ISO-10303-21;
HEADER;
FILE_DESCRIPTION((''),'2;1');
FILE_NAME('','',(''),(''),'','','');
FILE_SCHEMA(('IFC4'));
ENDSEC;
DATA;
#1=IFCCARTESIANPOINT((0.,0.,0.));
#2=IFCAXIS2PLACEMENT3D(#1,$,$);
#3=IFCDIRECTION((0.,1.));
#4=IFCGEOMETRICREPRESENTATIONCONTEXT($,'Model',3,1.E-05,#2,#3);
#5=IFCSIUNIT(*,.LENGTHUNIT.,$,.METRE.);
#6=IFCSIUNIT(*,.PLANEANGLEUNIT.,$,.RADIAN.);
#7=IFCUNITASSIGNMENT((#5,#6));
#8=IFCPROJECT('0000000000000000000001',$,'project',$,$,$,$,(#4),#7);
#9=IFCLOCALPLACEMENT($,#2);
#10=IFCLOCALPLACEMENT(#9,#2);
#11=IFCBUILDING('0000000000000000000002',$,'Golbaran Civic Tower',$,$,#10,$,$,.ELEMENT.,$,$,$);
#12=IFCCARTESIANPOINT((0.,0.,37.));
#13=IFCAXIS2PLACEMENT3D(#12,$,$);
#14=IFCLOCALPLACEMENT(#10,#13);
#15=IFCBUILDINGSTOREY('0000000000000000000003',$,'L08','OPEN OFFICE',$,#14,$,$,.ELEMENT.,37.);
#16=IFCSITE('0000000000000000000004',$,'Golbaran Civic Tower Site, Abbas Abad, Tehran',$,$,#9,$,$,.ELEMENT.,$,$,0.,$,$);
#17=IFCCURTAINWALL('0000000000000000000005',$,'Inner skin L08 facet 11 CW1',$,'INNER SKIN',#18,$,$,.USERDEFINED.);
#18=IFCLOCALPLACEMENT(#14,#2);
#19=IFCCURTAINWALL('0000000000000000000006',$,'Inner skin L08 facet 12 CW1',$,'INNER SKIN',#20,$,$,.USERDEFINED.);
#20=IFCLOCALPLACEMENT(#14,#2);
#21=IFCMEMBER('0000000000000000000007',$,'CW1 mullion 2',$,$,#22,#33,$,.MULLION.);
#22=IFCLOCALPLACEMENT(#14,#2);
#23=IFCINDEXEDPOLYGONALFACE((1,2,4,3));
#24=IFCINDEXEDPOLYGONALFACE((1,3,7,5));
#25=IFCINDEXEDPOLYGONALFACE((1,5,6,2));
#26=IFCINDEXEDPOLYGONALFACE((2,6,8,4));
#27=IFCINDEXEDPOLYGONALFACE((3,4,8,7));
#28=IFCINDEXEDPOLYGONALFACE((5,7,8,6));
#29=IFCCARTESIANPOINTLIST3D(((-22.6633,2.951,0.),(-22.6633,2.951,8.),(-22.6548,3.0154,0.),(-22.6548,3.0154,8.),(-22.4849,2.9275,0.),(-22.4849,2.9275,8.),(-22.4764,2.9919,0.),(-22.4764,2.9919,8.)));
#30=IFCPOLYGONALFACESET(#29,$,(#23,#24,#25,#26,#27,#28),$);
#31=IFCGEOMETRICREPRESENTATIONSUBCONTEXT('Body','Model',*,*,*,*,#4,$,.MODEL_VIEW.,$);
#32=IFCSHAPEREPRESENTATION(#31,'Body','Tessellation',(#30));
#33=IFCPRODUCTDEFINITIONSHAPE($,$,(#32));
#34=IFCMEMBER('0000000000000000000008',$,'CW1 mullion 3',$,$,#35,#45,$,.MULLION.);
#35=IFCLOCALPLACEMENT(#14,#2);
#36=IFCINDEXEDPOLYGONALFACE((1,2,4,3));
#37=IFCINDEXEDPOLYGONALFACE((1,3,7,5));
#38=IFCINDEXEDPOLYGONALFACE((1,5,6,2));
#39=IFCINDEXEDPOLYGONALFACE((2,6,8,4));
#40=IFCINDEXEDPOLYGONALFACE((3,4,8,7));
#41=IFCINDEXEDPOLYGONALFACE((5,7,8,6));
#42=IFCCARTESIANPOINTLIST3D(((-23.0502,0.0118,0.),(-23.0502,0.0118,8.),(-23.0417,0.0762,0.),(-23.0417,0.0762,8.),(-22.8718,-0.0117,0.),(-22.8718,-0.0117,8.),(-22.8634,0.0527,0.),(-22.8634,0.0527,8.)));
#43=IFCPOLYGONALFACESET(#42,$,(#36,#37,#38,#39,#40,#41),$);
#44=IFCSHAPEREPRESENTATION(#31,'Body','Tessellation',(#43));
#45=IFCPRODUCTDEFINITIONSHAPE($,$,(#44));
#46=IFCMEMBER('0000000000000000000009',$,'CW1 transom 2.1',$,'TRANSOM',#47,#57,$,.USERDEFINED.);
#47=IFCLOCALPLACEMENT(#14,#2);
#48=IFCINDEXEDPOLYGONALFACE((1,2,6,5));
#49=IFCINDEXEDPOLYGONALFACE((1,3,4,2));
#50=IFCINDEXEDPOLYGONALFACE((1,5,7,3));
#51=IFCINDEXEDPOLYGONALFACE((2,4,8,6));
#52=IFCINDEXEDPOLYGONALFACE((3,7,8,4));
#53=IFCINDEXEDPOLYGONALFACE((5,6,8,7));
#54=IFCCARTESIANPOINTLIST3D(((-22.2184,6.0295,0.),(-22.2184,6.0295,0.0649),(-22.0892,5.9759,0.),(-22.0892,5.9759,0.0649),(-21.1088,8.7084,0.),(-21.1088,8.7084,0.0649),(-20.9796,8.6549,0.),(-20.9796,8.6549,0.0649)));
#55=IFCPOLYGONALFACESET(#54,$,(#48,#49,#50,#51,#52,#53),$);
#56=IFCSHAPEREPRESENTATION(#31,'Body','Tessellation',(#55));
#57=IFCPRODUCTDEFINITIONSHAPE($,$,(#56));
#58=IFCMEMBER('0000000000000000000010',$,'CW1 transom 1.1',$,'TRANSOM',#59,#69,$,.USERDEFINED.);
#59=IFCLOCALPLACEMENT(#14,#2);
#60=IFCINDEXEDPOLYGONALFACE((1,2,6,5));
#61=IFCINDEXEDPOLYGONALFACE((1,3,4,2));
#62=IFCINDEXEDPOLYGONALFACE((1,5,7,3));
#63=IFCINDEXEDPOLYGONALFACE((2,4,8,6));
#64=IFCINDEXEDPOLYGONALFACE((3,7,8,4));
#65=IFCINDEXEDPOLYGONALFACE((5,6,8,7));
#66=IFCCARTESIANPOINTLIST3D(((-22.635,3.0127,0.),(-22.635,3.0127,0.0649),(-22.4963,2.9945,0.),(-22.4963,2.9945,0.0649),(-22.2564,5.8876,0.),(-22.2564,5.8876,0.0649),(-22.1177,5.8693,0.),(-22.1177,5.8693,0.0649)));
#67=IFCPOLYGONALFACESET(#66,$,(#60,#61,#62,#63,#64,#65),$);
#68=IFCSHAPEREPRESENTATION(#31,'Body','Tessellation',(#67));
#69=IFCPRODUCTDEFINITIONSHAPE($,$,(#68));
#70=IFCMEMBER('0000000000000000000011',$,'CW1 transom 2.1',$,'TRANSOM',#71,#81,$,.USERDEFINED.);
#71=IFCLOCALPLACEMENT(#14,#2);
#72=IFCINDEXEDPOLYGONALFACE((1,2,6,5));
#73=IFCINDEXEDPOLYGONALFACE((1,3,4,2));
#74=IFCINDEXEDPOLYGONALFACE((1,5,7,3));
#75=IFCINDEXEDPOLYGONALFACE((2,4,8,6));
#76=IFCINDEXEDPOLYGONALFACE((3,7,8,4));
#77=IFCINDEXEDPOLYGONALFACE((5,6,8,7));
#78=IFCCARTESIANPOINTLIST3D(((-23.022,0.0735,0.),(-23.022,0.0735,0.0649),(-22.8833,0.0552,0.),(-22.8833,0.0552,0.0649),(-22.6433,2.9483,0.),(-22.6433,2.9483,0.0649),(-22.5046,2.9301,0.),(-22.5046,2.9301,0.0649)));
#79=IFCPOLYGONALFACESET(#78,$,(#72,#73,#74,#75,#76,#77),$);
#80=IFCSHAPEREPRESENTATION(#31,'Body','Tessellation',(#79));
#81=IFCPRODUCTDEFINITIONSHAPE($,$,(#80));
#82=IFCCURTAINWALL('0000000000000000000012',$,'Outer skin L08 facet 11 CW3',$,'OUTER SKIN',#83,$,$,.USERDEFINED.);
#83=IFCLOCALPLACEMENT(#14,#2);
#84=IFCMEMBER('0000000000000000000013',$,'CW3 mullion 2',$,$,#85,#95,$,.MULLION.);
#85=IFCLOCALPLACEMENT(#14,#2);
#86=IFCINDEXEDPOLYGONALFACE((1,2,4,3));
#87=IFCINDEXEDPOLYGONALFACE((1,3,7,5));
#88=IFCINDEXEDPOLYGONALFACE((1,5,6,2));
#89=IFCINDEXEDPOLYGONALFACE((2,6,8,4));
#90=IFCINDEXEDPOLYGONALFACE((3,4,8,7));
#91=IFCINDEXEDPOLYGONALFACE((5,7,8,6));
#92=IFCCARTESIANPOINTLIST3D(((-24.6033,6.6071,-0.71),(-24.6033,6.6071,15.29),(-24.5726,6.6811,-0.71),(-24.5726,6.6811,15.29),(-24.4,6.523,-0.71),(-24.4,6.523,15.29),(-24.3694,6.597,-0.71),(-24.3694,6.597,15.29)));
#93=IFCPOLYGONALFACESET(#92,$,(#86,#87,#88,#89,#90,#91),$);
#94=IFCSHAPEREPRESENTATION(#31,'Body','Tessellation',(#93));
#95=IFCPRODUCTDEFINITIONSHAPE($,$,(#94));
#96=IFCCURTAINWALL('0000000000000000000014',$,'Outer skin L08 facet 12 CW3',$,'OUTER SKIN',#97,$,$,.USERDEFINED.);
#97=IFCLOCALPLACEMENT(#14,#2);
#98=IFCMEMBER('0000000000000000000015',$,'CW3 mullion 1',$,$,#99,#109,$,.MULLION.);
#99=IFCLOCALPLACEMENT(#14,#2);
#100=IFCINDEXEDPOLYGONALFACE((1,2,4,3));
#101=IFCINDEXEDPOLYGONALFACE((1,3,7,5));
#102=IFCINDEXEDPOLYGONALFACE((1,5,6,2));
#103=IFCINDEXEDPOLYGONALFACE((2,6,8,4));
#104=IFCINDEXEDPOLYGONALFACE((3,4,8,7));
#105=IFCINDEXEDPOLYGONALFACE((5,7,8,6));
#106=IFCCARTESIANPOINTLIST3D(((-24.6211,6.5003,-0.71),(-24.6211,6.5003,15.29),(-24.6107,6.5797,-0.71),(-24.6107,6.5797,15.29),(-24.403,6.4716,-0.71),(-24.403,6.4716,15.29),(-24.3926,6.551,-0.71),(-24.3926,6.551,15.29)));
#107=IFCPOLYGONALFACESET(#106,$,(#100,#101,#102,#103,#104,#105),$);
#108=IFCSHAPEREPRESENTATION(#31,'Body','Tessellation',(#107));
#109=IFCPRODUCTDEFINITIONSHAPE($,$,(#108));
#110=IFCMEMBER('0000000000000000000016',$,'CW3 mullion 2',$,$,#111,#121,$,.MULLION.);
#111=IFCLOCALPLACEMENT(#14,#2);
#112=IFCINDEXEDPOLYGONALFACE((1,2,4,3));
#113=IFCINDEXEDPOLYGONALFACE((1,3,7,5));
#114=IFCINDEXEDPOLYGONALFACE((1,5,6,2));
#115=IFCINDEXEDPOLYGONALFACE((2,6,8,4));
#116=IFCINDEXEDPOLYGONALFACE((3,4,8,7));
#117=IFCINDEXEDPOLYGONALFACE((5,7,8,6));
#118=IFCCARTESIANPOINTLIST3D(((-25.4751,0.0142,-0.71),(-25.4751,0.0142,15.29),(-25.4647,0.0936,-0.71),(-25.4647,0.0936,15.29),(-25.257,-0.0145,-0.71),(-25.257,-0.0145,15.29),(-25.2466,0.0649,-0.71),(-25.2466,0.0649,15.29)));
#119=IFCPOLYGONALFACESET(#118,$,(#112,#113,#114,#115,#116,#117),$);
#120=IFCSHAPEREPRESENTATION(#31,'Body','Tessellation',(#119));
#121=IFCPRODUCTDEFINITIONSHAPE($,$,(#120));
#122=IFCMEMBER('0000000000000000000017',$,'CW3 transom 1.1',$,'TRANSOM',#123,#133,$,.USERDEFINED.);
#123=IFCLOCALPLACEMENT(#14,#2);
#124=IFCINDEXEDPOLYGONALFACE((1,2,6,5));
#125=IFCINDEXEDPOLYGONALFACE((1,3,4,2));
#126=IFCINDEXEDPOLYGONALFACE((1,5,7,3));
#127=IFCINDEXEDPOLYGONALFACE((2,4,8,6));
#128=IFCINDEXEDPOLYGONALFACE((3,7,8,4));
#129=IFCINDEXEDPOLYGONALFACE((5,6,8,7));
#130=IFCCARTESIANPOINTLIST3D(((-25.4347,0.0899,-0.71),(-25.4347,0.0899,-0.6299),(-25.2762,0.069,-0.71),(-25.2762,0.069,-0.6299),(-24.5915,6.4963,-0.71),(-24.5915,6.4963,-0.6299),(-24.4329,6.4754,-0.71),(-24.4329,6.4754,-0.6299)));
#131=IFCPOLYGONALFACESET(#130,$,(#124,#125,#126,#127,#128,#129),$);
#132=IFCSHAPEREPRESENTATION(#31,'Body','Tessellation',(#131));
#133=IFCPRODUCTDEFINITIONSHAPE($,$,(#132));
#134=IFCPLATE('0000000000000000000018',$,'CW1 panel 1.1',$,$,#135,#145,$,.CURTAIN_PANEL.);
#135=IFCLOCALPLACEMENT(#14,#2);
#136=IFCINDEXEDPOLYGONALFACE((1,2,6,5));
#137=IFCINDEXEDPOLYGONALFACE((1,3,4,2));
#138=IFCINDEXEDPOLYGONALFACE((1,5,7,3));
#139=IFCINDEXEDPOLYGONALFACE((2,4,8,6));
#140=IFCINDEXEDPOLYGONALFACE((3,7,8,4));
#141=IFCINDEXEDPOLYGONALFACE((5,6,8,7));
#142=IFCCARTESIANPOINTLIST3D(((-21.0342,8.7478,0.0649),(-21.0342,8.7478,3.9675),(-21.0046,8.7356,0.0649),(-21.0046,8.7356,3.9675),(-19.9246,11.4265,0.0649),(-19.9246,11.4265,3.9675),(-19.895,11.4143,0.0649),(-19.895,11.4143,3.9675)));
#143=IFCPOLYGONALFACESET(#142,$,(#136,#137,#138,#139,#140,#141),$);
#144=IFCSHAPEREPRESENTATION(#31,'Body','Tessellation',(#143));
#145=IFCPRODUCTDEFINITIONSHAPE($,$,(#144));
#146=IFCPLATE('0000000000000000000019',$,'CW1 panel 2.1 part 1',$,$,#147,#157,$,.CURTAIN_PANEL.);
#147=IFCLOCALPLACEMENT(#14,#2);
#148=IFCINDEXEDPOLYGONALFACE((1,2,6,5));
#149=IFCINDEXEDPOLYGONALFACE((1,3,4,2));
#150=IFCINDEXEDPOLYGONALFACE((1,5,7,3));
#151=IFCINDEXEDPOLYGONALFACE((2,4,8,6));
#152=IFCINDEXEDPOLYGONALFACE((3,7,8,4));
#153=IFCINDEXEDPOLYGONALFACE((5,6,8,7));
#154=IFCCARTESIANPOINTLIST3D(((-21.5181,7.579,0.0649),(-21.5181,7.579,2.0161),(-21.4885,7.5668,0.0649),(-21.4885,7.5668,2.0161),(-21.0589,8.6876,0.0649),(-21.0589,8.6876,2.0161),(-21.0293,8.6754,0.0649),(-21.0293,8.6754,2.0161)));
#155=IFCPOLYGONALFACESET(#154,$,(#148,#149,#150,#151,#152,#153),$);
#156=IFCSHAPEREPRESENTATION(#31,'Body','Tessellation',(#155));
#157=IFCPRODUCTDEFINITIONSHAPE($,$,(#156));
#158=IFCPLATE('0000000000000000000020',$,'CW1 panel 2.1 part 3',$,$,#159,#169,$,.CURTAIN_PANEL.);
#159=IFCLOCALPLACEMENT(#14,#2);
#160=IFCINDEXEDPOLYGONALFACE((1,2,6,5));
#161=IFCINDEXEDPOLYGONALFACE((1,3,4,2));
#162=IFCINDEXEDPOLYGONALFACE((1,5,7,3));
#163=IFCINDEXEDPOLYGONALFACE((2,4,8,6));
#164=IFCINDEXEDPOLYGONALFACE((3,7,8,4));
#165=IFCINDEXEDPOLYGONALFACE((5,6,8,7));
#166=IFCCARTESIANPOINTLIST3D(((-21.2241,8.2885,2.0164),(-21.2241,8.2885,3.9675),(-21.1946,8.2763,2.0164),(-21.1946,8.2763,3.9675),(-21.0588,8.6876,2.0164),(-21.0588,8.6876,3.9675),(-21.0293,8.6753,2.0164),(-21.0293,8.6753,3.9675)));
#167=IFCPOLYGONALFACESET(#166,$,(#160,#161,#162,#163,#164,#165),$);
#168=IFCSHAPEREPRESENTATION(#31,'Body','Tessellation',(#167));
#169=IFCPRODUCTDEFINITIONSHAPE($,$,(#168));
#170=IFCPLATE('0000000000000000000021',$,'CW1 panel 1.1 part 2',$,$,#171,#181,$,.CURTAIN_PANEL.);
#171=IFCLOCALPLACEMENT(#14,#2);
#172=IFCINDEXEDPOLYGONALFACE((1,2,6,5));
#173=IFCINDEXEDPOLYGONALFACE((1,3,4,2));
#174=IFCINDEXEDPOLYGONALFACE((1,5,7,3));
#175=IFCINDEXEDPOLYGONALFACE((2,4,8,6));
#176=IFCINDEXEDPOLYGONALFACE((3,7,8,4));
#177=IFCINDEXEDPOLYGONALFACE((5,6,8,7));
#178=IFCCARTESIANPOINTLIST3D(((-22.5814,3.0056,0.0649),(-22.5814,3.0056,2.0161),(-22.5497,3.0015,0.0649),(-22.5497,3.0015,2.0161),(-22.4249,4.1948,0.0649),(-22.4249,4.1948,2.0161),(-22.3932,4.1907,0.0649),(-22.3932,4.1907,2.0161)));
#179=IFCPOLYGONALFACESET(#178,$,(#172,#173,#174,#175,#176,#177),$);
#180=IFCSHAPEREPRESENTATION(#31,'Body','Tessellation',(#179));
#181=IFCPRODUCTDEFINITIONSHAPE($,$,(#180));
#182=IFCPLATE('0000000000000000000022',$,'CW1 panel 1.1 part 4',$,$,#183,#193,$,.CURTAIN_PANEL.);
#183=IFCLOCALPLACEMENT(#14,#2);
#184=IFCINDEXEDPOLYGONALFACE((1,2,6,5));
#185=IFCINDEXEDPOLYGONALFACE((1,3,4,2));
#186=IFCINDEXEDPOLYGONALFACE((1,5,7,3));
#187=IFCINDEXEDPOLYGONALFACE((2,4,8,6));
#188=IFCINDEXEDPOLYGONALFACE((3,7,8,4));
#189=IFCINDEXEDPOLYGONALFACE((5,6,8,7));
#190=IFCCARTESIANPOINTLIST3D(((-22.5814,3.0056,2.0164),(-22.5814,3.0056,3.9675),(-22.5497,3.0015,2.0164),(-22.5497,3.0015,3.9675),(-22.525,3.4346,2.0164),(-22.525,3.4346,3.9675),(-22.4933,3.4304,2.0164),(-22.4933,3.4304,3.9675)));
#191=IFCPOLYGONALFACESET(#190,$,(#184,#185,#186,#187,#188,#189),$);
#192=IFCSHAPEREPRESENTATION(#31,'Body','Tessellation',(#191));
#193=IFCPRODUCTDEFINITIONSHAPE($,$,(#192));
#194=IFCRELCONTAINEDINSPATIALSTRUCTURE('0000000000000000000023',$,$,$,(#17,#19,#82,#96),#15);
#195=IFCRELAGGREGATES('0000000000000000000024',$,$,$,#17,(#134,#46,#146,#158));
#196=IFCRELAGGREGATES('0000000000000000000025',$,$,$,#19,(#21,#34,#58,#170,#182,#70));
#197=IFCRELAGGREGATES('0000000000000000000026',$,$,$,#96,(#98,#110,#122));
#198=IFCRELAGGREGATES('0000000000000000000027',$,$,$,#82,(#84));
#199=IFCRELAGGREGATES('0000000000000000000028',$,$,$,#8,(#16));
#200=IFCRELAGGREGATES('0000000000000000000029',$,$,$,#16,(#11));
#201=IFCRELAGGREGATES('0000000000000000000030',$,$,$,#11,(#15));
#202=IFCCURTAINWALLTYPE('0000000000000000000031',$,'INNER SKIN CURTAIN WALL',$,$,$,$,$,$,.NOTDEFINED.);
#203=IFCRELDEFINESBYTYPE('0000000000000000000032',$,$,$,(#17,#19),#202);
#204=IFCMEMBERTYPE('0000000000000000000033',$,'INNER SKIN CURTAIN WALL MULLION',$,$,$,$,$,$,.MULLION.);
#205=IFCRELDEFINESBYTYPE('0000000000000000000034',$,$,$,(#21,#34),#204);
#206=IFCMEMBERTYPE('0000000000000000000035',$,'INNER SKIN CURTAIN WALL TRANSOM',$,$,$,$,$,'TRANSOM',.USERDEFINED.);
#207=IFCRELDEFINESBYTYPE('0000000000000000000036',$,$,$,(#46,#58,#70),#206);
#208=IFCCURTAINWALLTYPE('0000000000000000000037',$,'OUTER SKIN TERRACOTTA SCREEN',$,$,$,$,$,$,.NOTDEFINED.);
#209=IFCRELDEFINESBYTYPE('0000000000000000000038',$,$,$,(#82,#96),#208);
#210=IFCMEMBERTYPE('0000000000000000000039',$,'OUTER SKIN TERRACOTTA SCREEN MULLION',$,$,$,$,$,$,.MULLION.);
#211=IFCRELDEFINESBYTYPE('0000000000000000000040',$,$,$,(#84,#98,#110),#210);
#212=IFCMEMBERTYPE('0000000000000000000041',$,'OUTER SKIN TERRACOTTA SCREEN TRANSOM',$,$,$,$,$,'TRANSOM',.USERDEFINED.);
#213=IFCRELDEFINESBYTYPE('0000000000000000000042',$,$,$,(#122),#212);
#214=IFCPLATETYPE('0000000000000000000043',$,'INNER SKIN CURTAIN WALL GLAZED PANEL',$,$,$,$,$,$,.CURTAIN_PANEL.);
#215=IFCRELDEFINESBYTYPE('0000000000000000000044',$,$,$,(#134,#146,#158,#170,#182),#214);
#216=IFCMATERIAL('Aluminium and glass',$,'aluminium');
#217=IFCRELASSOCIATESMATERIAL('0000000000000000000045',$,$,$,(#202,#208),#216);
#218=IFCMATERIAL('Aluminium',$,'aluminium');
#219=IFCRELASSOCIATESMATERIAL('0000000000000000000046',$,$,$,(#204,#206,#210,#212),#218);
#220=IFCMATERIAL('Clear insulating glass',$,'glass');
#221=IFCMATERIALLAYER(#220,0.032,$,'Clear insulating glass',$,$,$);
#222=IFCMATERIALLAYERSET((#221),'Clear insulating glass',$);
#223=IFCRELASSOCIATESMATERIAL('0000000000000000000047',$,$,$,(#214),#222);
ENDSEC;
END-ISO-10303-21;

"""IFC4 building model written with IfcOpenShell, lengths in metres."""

from ifc_helpers import new_model, si_unit, direction, frame, origin, origin_2d, place, context, subcontext, project, spatial, rectangle, extrude, material, layer, layer_set, material_profile, profile_set, type_object, element, aggregate, save


model = new_model("IFC4")

# Units and contexts
model_context = context("Model", 3, precision=1e-05, world=origin(), true_north=direction((0.0, 1.0)))
body_context = subcontext(model_context, "Body", "Model", "MODEL_VIEW")
ifc_project = project(units=[si_unit("LENGTHUNIT", "METRE"), si_unit("PLANEANGLEUNIT", "RADIAN")], contexts=[model_context])

# Site, building, storey
site_placement = place(None, origin())
site = spatial("IfcSite", under=ifc_project, at=site_placement, Name="Golbaran Civic Tower Site, Abbas Abad, Tehran", CompositionType="ELEMENT", RefElevation=0.0)
building_placement = place(site_placement, origin())
building = spatial("IfcBuilding", under=site, at=building_placement, Name="Golbaran Civic Tower", CompositionType="ELEMENT")
storey_placement = place(building_placement, frame((0.0, 0.0, 37.0)))
storey = spatial("IfcBuildingStorey", under=building, at=storey_placement, Name="L08", Description="OPEN OFFICE", CompositionType="ELEMENT", Elevation=37.0)

# Curtain walls, members
ifc_material_1 = material(Name="Aluminium and glass", Category="aluminium")
curtain_wall_type_1 = type_object("IfcCurtainWallType", Name="INNER SKIN CURTAIN WALL", PredefinedType="NOTDEFINED", material=ifc_material_1)
curtain_wall_1_placement = place(storey_placement, origin())
curtain_wall_1 = element("IfcCurtainWall", 1, at=curtain_wall_1_placement, inside=storey, type_object=curtain_wall_type_1, Name="Inner skin L08 facet 11 CW1", ObjectType="INNER SKIN", PredefinedType="USERDEFINED")
ifc_material_2 = material(Name="Aluminium", Category="aluminium")
ifc_material_profile_1 = material_profile(ifc_material_2, rectangle(XDim=0.1799, YDim=0.0649, at=origin_2d()), Name="INNER SKIN CURTAIN WALL MULLION")
ifc_profile_set_1 = profile_set([ifc_material_profile_1], Name="Aluminium")
member_type_1 = type_object("IfcMemberType", Name="INNER SKIN CURTAIN WALL MULLION", PredefinedType="MULLION", material=ifc_profile_set_1)
curtain_wall_2_placement = place(storey_placement, origin())
curtain_wall_2 = element("IfcCurtainWall", 2, at=curtain_wall_2_placement, inside=storey, type_object=curtain_wall_type_1, Name="Inner skin L08 facet 12 CW1", ObjectType="INNER SKIN", PredefinedType="USERDEFINED")
member_1_placement = place(storey_placement, frame((-22.5698, 2.9714, 0.0), z_axis=(0.0, 0.0, 1.0), x_axis=(0.991445, -0.130526, 0.0)))
member_1 = element("IfcMember", 3, at=member_1_placement, type_object=member_type_1, Name="CW1 mullion 2", PredefinedType="MULLION", context=body_context, shape_type="SweptSolid", body=[
    extrude(rectangle(XDim=0.1799, YDim=0.0649, at=origin_2d()), origin(), (0.0, 0.0, 1.0), 8.0),
])
member_2_placement = place(storey_placement, frame((-22.9568, 0.0322, 0.0), z_axis=(0.0, 0.0, 1.0), x_axis=(0.991445, -0.130526, 0.0)))
member_2 = element("IfcMember", 4, at=member_2_placement, type_object=member_type_1, Name="CW1 mullion 3", PredefinedType="MULLION", context=body_context, shape_type="SweptSolid", body=[
    extrude(rectangle(XDim=0.1799, YDim=0.0649, at=origin_2d()), origin(), (0.0, 0.0, 1.0), 8.0),
])

# Members
ifc_material_profile_2 = material_profile(ifc_material_2, rectangle(XDim=0.1399, YDim=0.0649, at=origin_2d()), Name="INNER SKIN CURTAIN WALL TRANSOM")
ifc_profile_set_2 = profile_set([ifc_material_profile_2], Name="Aluminium")
member_type_2 = type_object("IfcMemberType", Name="INNER SKIN CURTAIN WALL TRANSOM", ElementType="TRANSOM", PredefinedType="USERDEFINED", material=ifc_profile_set_2)
member_3_placement = place(storey_placement, frame((-21.0442, 8.6816, 0.0325), z_axis=(-0.382672, -0.923884, 0.0), x_axis=(0.923884, -0.382672, 0.0)))
member_3 = element("IfcMember", 5, at=member_3_placement, type_object=member_type_2, Name="CW1 transom 2.1", ObjectType="TRANSOM", PredefinedType="USERDEFINED", context=body_context, shape_type="SweptSolid", body=[
    extrude(rectangle(XDim=0.1399, YDim=0.0649, at=origin_2d()), origin(), (0.0, 0.0, 1.0), 2.8997),
])
member_4_placement = place(storey_placement, frame((-22.187, 5.8784, 0.0325), z_axis=(-0.130592, -0.991436, 0.0), x_axis=(0.991436, -0.130592, 0.0)))
member_4 = element("IfcMember", 6, at=member_4_placement, type_object=member_type_2, Name="CW1 transom 1.1", ObjectType="TRANSOM", PredefinedType="USERDEFINED", context=body_context, shape_type="SweptSolid", body=[
    extrude(rectangle(XDim=0.1399, YDim=0.0649, at=origin_2d()), origin(), (0.0, 0.0, 1.0), 2.8997),
])
member_5_placement = place(storey_placement, frame((-22.574, 2.9392, 0.0325), z_axis=(-0.130592, -0.991436, 0.0), x_axis=(0.991436, -0.130592, 0.0)))
member_5 = element("IfcMember", 7, at=member_5_placement, type_object=member_type_2, Name="CW1 transom 2.1", ObjectType="TRANSOM", PredefinedType="USERDEFINED", context=body_context, shape_type="SweptSolid", body=[
    extrude(rectangle(XDim=0.1399, YDim=0.0649, at=origin_2d()), origin(), (0.0, 0.0, 1.0), 2.8997),
])

# Curtain wall, member
curtain_wall_type_2 = type_object("IfcCurtainWallType", Name="OUTER SKIN TERRACOTTA SCREEN", PredefinedType="NOTDEFINED", material=ifc_material_1)
curtain_wall_3_placement = place(storey_placement, origin())
curtain_wall_3 = element("IfcCurtainWall", 8, at=curtain_wall_3_placement, inside=storey, type_object=curtain_wall_type_2, Name="Outer skin L08 facet 11 CW3", ObjectType="OUTER SKIN", PredefinedType="USERDEFINED")
ifc_material_profile_3 = material_profile(ifc_material_2, rectangle(XDim=0.22, YDim=0.0801, at=origin_2d()), Name="OUTER SKIN TERRACOTTA SCREEN MULLION")
ifc_profile_set_3 = profile_set([ifc_material_profile_3], Name="Aluminium")
member_type_3 = type_object("IfcMemberType", Name="OUTER SKIN TERRACOTTA SCREEN MULLION", PredefinedType="MULLION", material=ifc_profile_set_3)
member_6_placement = place(storey_placement, frame((-24.4863, 6.6021, -0.71), z_axis=(0.0, 0.0, 1.0), x_axis=(0.92388, -0.382683, 0.0)))
member_6 = element("IfcMember", 9, at=member_6_placement, type_object=member_type_3, Name="CW3 mullion 2", PredefinedType="MULLION", context=body_context, shape_type="SweptSolid", body=[
    extrude(rectangle(XDim=0.22, YDim=0.0801, at=origin_2d()), origin(), (0.0, 0.0, 1.0), 16.0),
])

# Curtain wall, members
curtain_wall_4_placement = place(storey_placement, origin())
curtain_wall_4 = element("IfcCurtainWall", 10, at=curtain_wall_4_placement, inside=storey, type_object=curtain_wall_type_2, Name="Outer skin L08 facet 12 CW3", ObjectType="OUTER SKIN", PredefinedType="USERDEFINED")
member_7_placement = place(storey_placement, frame((-24.5068, 6.5256, -0.71), z_axis=(0.0, 0.0, 1.0), x_axis=(0.991445, -0.130526, 0.0)))
member_7 = element("IfcMember", 11, at=member_7_placement, type_object=member_type_3, Name="CW3 mullion 1", PredefinedType="MULLION", context=body_context, shape_type="SweptSolid", body=[
    extrude(rectangle(XDim=0.22, YDim=0.0801, at=origin_2d()), origin(), (0.0, 0.0, 1.0), 16.0),
])
member_8_placement = place(storey_placement, frame((-25.3608, 0.0396, -0.71), z_axis=(0.0, 0.0, 1.0), x_axis=(0.991445, -0.130526, 0.0)))
member_8 = element("IfcMember", 12, at=member_8_placement, type_object=member_type_3, Name="CW3 mullion 2", PredefinedType="MULLION", context=body_context, shape_type="SweptSolid", body=[
    extrude(rectangle(XDim=0.22, YDim=0.0801, at=origin_2d()), origin(), (0.0, 0.0, 1.0), 16.0),
])
ifc_material_profile_4 = material_profile(ifc_material_2, rectangle(XDim=0.1599, YDim=0.0801, at=origin_2d()), Name="OUTER SKIN TERRACOTTA SCREEN TRANSOM")
ifc_profile_set_4 = profile_set([ifc_material_profile_4], Name="Aluminium")
member_type_4 = type_object("IfcMemberType", Name="OUTER SKIN TERRACOTTA SCREEN TRANSOM", ElementType="TRANSOM", PredefinedType="USERDEFINED", material=ifc_profile_set_4)
member_9_placement = place(storey_placement, frame((-24.5122, 6.4858, -0.6699), z_axis=(-0.1305, -0.991448, 0.0), x_axis=(0.991448, -0.1305, 0.0)))
member_9 = element("IfcMember", 13, at=member_9_placement, type_object=member_type_4, Name="CW3 transom 1.1", ObjectType="TRANSOM", PredefinedType="USERDEFINED", context=body_context, shape_type="SweptSolid", body=[
    extrude(rectangle(XDim=0.1599, YDim=0.0801, at=origin_2d()), origin(), (0.0, 0.0, 1.0), 6.4617),
])

# Plates
ifc_material_3 = material(Name="Clear insulating glass", Category="glass")
ifc_layer_1 = layer(ifc_material_3, 0.032, Name="Clear insulating glass")
ifc_layer_set_1 = layer_set([ifc_layer_1], Name="Clear insulating glass")
plate_type_1 = type_object("IfcPlateType", Name="INNER SKIN CURTAIN WALL GLAZED PANEL", PredefinedType="CURTAIN_PANEL", material=ifc_layer_set_1)
plate_1_placement = place(storey_placement, frame((-20.4646, 10.0811, 0.0649), z_axis=(0.0, 0.0, 1.0), x_axis=(-0.382683, -0.92388, 0.0)))
plate_1 = element("IfcPlate", 14, at=plate_1_placement, type_object=plate_type_1, Name="CW1 panel 1.1", PredefinedType="CURTAIN_PANEL", context=body_context, shape_type="SweptSolid", body=[
    extrude(rectangle(XDim=2.8994, YDim=0.032, at=origin_2d()), origin(), (0.0, 0.0, 1.0), 3.9026),
])
plate_2_placement = place(storey_placement, frame((-21.2737, 8.1272, 0.0649), z_axis=(0.0, 0.0, 1.0), x_axis=(-0.382683, -0.92388, 0.0)))
plate_2 = element("IfcPlate", 15, at=plate_2_placement, type_object=plate_type_1, Name="CW1 panel 2.1 part 1", PredefinedType="CURTAIN_PANEL", context=body_context, shape_type="SweptSolid", body=[
    extrude(rectangle(XDim=1.2, YDim=0.032, at=origin_2d()), origin(), (0.0, 0.0, 1.0), 1.9512),
])
plate_3_placement = place(storey_placement, frame((-21.1267, 8.4819, 2.0164), z_axis=(0.0, 0.0, 1.0), x_axis=(-0.382683, -0.92388, 0.0)))
plate_3 = element("IfcPlate", 16, at=plate_3_placement, type_object=plate_type_1, Name="CW1 panel 2.1 part 3", PredefinedType="CURTAIN_PANEL", context=body_context, shape_type="SweptSolid", body=[
    extrude(rectangle(XDim=0.4319, YDim=0.032, at=origin_2d()), origin(), (0.0, 0.0, 1.0), 1.9512),
])
plate_4_placement = place(storey_placement, frame((-22.4873, 3.5981, 0.0649), z_axis=(0.0, 0.0, 1.0), x_axis=(-0.130526, -0.991445, 0.0)))
plate_4 = element("IfcPlate", 17, at=plate_4_placement, type_object=plate_type_1, Name="CW1 panel 1.1 part 2", PredefinedType="CURTAIN_PANEL", context=body_context, shape_type="SweptSolid", body=[
    extrude(rectangle(XDim=1.1995, YDim=0.032, at=origin_2d()), origin(), (0.0, 0.0, 1.0), 1.9512),
])
plate_5_placement = place(storey_placement, frame((-22.5374, 3.218, 2.0164), z_axis=(0.0, 0.0, 1.0), x_axis=(-0.130526, -0.991445, 0.0)))
plate_5 = element("IfcPlate", 18, at=plate_5_placement, type_object=plate_type_1, Name="CW1 panel 1.1 part 4", PredefinedType="CURTAIN_PANEL", context=body_context, shape_type="SweptSolid", body=[
    extrude(rectangle(XDim=0.4326, YDim=0.032, at=origin_2d()), origin(), (0.0, 0.0, 1.0), 1.9512),
])
aggregate(curtain_wall_1, [plate_1, member_3, plate_2, plate_3])
aggregate(curtain_wall_2, [member_1, member_2, member_4, plate_4, plate_5, member_5])
aggregate(curtain_wall_4, [member_7, member_8, member_9])
aggregate(curtain_wall_3, [member_6])

save(model, "model.ifc")
